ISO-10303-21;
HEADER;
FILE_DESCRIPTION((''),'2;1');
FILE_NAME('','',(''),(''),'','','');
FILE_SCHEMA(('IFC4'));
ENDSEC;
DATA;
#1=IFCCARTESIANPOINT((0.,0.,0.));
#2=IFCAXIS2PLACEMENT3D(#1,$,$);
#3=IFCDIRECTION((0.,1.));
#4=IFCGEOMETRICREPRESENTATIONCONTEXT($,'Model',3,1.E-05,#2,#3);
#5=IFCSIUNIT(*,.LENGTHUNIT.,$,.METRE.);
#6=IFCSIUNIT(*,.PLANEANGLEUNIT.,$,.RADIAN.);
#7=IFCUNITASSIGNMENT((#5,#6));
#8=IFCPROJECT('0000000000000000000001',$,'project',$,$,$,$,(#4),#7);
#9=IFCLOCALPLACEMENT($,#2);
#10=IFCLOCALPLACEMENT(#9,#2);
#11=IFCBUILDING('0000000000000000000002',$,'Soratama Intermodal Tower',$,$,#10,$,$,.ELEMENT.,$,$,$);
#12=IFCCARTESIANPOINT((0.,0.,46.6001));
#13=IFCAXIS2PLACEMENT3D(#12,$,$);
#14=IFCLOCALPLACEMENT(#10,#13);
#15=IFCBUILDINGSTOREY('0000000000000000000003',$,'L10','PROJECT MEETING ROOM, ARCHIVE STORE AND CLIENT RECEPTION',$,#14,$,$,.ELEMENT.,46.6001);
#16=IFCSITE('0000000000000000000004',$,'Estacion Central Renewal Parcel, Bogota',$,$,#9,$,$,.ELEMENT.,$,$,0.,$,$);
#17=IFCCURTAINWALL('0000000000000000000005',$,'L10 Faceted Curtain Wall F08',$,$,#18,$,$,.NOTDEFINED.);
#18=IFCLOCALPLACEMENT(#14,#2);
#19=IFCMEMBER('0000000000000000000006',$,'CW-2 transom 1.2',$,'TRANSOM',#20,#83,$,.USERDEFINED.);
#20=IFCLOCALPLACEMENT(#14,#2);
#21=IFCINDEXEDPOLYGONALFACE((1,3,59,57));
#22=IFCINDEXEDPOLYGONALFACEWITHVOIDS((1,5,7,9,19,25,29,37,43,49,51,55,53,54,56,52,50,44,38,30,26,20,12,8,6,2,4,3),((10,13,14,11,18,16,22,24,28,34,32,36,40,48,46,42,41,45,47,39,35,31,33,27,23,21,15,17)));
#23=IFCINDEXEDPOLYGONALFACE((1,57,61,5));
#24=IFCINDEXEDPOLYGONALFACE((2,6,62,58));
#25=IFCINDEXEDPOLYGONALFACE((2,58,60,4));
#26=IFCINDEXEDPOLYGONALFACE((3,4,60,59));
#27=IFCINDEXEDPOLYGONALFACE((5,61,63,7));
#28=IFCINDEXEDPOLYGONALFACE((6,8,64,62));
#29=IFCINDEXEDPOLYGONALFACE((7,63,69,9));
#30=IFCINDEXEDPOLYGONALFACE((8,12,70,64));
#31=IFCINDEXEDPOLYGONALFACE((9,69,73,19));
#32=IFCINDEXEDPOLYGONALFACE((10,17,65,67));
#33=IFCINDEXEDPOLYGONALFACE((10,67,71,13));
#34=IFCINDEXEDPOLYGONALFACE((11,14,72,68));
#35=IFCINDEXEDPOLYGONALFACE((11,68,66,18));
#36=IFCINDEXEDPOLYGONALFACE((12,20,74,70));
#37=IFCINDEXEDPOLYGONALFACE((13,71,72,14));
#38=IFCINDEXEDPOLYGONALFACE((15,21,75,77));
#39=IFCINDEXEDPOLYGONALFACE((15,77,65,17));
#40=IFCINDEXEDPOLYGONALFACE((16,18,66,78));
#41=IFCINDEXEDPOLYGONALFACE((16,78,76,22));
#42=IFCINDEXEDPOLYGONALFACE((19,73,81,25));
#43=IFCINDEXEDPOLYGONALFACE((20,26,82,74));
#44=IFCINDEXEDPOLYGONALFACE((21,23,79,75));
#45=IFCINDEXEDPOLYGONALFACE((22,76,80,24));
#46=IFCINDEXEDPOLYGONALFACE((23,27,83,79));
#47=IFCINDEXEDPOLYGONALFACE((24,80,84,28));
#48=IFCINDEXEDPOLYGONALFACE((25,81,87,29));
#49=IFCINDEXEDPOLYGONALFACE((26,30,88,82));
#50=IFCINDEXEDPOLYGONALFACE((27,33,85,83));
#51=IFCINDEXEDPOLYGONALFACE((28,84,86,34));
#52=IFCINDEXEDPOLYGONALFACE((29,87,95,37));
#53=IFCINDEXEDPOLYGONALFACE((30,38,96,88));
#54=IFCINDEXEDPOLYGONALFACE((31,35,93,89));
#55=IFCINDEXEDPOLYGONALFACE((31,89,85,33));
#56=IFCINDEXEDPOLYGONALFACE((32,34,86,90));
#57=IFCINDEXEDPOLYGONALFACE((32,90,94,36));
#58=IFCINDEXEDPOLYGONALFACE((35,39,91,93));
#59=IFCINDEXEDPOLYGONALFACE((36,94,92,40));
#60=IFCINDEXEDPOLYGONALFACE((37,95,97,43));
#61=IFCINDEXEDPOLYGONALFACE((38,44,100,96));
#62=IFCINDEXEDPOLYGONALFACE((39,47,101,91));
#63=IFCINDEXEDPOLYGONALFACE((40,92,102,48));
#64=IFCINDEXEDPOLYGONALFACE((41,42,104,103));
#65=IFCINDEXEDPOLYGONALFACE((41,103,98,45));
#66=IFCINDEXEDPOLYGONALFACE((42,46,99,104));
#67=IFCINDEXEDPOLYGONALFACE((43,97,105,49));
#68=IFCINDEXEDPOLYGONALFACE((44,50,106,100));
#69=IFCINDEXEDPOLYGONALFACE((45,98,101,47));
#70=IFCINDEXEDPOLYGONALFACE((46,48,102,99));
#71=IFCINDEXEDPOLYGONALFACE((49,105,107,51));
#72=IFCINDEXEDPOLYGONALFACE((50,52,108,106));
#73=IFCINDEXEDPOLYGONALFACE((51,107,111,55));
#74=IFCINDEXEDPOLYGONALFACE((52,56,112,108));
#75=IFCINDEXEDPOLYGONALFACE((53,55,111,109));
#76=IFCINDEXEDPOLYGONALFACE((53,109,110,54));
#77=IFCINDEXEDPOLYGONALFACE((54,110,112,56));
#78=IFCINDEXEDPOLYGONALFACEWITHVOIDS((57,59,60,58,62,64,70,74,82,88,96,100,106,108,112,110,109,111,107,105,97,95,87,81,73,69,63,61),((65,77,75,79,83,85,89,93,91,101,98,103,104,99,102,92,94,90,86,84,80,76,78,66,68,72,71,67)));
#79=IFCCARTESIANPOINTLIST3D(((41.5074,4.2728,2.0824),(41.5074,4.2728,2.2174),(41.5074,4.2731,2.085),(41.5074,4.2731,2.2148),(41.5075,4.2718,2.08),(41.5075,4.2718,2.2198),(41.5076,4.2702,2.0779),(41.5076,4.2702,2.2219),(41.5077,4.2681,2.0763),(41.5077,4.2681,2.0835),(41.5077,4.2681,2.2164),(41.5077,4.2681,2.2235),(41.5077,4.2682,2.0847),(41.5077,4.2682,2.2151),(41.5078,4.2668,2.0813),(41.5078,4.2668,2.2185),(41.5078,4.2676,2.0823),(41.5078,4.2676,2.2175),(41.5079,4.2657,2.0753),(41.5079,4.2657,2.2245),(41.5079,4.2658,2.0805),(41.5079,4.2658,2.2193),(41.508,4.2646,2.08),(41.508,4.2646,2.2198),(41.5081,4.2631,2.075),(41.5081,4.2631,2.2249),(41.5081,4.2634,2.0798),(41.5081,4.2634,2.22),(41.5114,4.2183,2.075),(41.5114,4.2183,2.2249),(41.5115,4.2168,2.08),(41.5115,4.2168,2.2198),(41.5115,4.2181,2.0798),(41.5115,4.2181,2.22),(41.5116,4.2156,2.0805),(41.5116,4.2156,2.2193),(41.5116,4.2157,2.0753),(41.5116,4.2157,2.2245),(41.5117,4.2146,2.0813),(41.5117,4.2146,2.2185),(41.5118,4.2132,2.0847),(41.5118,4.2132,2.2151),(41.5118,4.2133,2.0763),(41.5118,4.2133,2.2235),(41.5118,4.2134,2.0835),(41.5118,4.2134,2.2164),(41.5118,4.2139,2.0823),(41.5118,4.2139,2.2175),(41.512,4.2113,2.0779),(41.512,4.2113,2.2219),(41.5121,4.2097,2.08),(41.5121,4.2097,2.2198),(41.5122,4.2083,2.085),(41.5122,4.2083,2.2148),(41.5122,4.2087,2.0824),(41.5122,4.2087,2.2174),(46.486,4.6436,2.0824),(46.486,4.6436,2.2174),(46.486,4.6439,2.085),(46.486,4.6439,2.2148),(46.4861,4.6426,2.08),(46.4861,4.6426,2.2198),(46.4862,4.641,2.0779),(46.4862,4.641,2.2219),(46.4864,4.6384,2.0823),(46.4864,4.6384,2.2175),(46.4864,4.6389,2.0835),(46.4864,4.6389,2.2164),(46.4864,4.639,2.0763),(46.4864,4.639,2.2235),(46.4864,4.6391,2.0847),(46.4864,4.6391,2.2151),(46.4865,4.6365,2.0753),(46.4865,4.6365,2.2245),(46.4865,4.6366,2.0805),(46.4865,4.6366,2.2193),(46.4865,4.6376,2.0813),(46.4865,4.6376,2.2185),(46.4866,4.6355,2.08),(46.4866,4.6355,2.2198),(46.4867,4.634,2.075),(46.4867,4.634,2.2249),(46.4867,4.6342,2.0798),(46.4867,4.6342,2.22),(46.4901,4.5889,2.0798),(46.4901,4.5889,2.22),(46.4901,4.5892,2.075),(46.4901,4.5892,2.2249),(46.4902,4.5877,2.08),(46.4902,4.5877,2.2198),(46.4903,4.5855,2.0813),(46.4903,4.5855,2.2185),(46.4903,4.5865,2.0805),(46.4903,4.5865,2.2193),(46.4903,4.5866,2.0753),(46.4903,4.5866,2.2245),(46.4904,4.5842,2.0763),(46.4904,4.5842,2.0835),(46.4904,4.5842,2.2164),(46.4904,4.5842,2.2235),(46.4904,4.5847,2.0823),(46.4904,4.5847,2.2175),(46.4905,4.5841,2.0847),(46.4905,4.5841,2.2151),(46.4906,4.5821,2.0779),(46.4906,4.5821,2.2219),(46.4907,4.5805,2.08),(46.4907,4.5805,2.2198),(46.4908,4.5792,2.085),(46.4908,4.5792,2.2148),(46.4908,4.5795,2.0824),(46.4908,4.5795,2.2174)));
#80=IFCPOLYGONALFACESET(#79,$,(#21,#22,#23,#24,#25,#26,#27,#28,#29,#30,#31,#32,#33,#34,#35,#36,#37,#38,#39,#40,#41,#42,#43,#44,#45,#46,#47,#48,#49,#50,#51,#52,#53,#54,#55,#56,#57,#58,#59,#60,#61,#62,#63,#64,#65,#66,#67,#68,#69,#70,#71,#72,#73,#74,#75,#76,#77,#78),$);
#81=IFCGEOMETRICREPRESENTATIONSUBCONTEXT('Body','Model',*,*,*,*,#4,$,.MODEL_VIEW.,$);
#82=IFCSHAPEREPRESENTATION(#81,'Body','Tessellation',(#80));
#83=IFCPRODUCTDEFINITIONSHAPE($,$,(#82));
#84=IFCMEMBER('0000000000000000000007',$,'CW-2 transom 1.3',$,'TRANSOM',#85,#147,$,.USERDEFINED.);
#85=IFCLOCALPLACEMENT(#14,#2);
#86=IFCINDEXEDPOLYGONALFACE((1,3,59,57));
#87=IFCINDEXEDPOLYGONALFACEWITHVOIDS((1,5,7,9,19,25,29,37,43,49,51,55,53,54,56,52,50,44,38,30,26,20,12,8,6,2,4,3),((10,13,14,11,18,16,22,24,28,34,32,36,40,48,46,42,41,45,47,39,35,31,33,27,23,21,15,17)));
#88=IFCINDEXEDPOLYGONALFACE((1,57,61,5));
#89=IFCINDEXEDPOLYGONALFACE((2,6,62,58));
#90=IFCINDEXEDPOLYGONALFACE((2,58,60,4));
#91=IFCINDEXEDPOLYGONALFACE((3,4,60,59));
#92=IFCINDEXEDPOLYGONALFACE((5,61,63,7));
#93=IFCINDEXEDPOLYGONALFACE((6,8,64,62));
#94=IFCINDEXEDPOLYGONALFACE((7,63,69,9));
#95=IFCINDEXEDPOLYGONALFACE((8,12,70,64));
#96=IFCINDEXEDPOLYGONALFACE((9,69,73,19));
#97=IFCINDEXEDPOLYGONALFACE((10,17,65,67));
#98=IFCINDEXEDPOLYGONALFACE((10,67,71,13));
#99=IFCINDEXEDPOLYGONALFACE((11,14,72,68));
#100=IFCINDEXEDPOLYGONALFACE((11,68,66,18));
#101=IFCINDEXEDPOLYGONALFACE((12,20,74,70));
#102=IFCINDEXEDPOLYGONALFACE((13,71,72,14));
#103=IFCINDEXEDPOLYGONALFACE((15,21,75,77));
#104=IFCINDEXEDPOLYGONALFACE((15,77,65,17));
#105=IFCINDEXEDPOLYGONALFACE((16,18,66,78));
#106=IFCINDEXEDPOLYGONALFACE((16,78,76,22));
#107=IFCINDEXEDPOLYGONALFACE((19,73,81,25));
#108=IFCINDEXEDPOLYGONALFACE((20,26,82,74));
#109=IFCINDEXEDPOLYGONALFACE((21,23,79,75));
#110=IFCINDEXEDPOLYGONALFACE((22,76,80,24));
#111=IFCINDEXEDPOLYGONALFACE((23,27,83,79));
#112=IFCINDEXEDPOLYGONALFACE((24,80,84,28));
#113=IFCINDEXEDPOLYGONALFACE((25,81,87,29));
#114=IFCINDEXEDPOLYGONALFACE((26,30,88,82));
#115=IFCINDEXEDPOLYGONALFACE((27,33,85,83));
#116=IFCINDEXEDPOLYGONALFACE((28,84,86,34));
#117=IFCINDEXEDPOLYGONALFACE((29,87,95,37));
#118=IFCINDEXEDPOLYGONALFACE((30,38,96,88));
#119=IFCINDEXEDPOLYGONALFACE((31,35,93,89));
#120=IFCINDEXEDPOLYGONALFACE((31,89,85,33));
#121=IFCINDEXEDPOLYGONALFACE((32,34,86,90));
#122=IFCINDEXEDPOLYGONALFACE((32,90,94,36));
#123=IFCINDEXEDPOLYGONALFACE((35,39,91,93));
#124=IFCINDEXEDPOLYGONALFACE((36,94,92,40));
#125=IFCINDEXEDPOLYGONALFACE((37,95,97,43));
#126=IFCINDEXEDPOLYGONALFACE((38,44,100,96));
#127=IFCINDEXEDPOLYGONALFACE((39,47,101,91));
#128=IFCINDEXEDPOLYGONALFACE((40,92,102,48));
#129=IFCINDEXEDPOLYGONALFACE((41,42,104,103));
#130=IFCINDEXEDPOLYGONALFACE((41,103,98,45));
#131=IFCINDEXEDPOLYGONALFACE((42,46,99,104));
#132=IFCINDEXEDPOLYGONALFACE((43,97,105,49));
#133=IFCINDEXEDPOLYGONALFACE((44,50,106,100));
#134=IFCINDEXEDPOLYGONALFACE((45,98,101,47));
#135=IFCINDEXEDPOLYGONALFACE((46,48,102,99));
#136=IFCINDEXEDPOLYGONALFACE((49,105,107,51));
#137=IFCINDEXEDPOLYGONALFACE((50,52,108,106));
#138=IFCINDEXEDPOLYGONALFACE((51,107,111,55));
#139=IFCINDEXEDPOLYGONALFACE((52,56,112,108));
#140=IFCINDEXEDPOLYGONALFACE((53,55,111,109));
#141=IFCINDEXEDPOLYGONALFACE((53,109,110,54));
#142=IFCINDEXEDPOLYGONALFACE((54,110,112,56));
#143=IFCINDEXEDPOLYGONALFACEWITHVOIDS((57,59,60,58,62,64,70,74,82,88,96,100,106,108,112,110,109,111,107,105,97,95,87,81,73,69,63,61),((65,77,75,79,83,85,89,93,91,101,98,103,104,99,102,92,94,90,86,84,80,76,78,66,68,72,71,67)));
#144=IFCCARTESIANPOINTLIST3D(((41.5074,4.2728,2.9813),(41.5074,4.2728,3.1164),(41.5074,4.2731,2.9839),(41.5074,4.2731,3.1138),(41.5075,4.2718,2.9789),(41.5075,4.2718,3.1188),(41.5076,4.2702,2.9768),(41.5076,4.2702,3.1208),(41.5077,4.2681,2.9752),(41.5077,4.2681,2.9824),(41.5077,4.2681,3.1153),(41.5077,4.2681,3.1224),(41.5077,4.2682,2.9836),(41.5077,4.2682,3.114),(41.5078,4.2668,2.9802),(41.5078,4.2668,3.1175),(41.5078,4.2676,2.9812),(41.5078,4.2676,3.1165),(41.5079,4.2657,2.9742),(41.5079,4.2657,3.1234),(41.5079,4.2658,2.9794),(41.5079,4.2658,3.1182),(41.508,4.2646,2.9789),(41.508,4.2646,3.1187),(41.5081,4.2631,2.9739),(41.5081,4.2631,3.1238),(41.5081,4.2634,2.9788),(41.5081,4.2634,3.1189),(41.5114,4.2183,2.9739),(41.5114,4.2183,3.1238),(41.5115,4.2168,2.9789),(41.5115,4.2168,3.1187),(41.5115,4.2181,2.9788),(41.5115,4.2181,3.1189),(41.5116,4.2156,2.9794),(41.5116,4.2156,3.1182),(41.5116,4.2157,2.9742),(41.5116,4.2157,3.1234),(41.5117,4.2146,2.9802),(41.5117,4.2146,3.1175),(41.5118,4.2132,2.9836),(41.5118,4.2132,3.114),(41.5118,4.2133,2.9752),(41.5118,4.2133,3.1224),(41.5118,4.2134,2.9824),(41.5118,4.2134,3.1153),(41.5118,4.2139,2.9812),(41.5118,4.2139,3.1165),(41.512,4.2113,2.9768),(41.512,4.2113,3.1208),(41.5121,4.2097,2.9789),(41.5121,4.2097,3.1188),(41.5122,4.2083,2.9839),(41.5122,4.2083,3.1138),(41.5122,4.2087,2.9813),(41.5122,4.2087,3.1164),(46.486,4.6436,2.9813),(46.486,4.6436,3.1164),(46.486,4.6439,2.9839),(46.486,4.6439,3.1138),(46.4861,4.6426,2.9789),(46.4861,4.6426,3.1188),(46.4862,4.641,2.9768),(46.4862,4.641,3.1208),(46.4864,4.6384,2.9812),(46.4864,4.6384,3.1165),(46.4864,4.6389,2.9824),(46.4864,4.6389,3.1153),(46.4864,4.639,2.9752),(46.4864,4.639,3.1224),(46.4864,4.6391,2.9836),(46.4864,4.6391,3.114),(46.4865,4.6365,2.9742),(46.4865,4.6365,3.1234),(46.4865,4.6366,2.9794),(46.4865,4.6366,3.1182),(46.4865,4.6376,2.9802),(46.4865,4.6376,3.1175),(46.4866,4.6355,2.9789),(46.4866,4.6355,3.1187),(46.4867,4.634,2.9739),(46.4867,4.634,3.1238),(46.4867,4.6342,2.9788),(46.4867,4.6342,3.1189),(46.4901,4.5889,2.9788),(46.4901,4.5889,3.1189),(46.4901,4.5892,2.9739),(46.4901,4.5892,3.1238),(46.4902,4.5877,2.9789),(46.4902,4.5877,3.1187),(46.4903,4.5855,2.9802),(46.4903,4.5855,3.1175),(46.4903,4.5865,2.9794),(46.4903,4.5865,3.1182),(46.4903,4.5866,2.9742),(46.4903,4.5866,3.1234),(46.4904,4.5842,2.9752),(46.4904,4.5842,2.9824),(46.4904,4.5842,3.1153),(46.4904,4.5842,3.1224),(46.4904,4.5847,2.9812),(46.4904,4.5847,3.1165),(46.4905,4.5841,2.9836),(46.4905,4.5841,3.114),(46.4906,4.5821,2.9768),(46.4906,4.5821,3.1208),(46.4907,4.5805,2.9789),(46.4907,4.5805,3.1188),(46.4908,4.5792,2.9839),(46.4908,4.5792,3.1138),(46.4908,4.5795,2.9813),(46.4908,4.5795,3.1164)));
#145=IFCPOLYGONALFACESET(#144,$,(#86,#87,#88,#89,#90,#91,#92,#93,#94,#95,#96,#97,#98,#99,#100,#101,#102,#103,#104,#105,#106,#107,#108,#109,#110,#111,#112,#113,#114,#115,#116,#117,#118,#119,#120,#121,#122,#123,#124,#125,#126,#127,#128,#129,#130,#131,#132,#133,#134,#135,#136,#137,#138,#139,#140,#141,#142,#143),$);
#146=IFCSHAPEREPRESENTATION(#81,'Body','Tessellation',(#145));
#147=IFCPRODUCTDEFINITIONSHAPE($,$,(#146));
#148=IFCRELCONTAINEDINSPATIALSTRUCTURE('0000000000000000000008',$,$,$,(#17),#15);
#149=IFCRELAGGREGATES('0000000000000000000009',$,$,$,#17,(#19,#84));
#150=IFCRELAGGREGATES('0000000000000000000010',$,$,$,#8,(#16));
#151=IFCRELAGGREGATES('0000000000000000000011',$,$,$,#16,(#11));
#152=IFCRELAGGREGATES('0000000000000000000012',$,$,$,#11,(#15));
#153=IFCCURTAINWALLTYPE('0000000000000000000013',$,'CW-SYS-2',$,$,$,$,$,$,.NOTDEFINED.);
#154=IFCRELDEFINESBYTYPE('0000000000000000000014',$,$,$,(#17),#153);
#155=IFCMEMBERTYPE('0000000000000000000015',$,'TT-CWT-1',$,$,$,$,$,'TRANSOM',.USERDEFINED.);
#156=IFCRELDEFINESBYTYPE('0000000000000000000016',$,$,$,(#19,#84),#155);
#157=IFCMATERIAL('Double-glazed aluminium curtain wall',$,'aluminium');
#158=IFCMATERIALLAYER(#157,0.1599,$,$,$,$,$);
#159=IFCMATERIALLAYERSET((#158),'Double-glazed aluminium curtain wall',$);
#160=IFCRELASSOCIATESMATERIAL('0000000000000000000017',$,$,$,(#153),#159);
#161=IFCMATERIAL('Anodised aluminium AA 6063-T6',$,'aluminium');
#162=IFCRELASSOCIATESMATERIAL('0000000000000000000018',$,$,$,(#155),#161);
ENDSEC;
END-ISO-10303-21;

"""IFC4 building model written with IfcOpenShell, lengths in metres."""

from ifc_helpers import new_model, si_unit, direction, frame, origin, origin_2d, place, context, subcontext, project, spatial, hollow_rectangle, extrude, material, layer, layer_set, material_profile, profile_set, type_object, element, aggregate, save


model = new_model("IFC4")

# Units and contexts
model_context = context("Model", 3, precision=1e-05, world=origin(), true_north=direction((0.0, 1.0)))
body_context = subcontext(model_context, "Body", "Model", "MODEL_VIEW")
ifc_project = project(units=[si_unit("LENGTHUNIT", "METRE"), si_unit("PLANEANGLEUNIT", "RADIAN")], contexts=[model_context])

# Site, building, storey
site_placement = place(None, origin())
site = spatial("IfcSite", under=ifc_project, at=site_placement, Name="Estacion Central Renewal Parcel, Bogota", CompositionType="ELEMENT", RefElevation=0.0)
building_placement = place(site_placement, origin())
building = spatial("IfcBuilding", under=site, at=building_placement, Name="Soratama Intermodal Tower", CompositionType="ELEMENT")
storey_placement = place(building_placement, frame((0.0, 0.0, 46.6001)))
storey = spatial("IfcBuildingStorey", under=building, at=storey_placement, Name="L10", Description="PROJECT MEETING ROOM, ARCHIVE STORE AND CLIENT RECEPTION", CompositionType="ELEMENT", Elevation=46.6001)

# Curtain wall, members
ifc_material_1 = material(Name="Double-glazed aluminium curtain wall", Category="aluminium")
ifc_layer_1 = layer(ifc_material_1, 0.1599)
ifc_layer_set_1 = layer_set([ifc_layer_1], Name="Double-glazed aluminium curtain wall")
curtain_wall_type = type_object("IfcCurtainWallType", Name="CW-SYS-2", PredefinedType="NOTDEFINED", material=ifc_layer_set_1)
curtain_wall_placement = place(storey_placement, origin())
curtain_wall = element("IfcCurtainWall", 1, at=curtain_wall_placement, inside=storey, type_object=curtain_wall_type, Name="L10 Faceted Curtain Wall F08", PredefinedType="NOTDEFINED")
ifc_material_2 = material(Name="Anodised aluminium AA 6063-T6", Category="aluminium")
ifc_material_profile_1 = material_profile(ifc_material_2, hollow_rectangle(XDim=0.0649, YDim=0.1499, WallThickness=0.0049, InnerFilletRadius=0.0049, OuterFilletRadius=0.01, at=origin_2d()), Name="CWT150X65X5")
ifc_profile_set_1 = profile_set([ifc_material_profile_1], Name="Anodised aluminium AA 6063-T6")
member_type_1 = type_object("IfcMemberType", Name="TT-CWT-1", ElementType="TRANSOM", PredefinedType="USERDEFINED", material=ifc_profile_set_1)
member_1_placement = place(storey_placement, frame((41.5098, 4.2407, 2.1499), z_axis=(0.997237, 0.074281, 0.0), x_axis=(-0.074281, 0.997237, 0.0)))
member_1 = element("IfcMember", 2, at=member_1_placement, type_object=member_type_1, Name="CW-2 transom 1.2", ObjectType="TRANSOM", PredefinedType="USERDEFINED", context=body_context, shape_type="SweptSolid", body=[
    extrude(hollow_rectangle(XDim=0.0649, YDim=0.1499, WallThickness=0.0049, InnerFilletRadius=0.0049, OuterFilletRadius=0.01, at=origin_2d()), origin(), (0.0, 0.0, 1.0), 4.9924),
])
member_2_placement = place(storey_placement, frame((41.5098, 4.2407, 3.0488), z_axis=(0.997237, 0.074281, 0.0), x_axis=(-0.074281, 0.997237, 0.0)))
member_2 = element("IfcMember", 3, at=member_2_placement, type_object=member_type_1, Name="CW-2 transom 1.3", ObjectType="TRANSOM", PredefinedType="USERDEFINED", context=body_context, shape_type="SweptSolid", body=[
    extrude(hollow_rectangle(XDim=0.0649, YDim=0.1499, WallThickness=0.0049, InnerFilletRadius=0.0049, OuterFilletRadius=0.01, at=origin_2d()), origin(), (0.0, 0.0, 1.0), 4.9924),
])
aggregate(curtain_wall, [member_1, member_2])

save(model, "model.ifc")
